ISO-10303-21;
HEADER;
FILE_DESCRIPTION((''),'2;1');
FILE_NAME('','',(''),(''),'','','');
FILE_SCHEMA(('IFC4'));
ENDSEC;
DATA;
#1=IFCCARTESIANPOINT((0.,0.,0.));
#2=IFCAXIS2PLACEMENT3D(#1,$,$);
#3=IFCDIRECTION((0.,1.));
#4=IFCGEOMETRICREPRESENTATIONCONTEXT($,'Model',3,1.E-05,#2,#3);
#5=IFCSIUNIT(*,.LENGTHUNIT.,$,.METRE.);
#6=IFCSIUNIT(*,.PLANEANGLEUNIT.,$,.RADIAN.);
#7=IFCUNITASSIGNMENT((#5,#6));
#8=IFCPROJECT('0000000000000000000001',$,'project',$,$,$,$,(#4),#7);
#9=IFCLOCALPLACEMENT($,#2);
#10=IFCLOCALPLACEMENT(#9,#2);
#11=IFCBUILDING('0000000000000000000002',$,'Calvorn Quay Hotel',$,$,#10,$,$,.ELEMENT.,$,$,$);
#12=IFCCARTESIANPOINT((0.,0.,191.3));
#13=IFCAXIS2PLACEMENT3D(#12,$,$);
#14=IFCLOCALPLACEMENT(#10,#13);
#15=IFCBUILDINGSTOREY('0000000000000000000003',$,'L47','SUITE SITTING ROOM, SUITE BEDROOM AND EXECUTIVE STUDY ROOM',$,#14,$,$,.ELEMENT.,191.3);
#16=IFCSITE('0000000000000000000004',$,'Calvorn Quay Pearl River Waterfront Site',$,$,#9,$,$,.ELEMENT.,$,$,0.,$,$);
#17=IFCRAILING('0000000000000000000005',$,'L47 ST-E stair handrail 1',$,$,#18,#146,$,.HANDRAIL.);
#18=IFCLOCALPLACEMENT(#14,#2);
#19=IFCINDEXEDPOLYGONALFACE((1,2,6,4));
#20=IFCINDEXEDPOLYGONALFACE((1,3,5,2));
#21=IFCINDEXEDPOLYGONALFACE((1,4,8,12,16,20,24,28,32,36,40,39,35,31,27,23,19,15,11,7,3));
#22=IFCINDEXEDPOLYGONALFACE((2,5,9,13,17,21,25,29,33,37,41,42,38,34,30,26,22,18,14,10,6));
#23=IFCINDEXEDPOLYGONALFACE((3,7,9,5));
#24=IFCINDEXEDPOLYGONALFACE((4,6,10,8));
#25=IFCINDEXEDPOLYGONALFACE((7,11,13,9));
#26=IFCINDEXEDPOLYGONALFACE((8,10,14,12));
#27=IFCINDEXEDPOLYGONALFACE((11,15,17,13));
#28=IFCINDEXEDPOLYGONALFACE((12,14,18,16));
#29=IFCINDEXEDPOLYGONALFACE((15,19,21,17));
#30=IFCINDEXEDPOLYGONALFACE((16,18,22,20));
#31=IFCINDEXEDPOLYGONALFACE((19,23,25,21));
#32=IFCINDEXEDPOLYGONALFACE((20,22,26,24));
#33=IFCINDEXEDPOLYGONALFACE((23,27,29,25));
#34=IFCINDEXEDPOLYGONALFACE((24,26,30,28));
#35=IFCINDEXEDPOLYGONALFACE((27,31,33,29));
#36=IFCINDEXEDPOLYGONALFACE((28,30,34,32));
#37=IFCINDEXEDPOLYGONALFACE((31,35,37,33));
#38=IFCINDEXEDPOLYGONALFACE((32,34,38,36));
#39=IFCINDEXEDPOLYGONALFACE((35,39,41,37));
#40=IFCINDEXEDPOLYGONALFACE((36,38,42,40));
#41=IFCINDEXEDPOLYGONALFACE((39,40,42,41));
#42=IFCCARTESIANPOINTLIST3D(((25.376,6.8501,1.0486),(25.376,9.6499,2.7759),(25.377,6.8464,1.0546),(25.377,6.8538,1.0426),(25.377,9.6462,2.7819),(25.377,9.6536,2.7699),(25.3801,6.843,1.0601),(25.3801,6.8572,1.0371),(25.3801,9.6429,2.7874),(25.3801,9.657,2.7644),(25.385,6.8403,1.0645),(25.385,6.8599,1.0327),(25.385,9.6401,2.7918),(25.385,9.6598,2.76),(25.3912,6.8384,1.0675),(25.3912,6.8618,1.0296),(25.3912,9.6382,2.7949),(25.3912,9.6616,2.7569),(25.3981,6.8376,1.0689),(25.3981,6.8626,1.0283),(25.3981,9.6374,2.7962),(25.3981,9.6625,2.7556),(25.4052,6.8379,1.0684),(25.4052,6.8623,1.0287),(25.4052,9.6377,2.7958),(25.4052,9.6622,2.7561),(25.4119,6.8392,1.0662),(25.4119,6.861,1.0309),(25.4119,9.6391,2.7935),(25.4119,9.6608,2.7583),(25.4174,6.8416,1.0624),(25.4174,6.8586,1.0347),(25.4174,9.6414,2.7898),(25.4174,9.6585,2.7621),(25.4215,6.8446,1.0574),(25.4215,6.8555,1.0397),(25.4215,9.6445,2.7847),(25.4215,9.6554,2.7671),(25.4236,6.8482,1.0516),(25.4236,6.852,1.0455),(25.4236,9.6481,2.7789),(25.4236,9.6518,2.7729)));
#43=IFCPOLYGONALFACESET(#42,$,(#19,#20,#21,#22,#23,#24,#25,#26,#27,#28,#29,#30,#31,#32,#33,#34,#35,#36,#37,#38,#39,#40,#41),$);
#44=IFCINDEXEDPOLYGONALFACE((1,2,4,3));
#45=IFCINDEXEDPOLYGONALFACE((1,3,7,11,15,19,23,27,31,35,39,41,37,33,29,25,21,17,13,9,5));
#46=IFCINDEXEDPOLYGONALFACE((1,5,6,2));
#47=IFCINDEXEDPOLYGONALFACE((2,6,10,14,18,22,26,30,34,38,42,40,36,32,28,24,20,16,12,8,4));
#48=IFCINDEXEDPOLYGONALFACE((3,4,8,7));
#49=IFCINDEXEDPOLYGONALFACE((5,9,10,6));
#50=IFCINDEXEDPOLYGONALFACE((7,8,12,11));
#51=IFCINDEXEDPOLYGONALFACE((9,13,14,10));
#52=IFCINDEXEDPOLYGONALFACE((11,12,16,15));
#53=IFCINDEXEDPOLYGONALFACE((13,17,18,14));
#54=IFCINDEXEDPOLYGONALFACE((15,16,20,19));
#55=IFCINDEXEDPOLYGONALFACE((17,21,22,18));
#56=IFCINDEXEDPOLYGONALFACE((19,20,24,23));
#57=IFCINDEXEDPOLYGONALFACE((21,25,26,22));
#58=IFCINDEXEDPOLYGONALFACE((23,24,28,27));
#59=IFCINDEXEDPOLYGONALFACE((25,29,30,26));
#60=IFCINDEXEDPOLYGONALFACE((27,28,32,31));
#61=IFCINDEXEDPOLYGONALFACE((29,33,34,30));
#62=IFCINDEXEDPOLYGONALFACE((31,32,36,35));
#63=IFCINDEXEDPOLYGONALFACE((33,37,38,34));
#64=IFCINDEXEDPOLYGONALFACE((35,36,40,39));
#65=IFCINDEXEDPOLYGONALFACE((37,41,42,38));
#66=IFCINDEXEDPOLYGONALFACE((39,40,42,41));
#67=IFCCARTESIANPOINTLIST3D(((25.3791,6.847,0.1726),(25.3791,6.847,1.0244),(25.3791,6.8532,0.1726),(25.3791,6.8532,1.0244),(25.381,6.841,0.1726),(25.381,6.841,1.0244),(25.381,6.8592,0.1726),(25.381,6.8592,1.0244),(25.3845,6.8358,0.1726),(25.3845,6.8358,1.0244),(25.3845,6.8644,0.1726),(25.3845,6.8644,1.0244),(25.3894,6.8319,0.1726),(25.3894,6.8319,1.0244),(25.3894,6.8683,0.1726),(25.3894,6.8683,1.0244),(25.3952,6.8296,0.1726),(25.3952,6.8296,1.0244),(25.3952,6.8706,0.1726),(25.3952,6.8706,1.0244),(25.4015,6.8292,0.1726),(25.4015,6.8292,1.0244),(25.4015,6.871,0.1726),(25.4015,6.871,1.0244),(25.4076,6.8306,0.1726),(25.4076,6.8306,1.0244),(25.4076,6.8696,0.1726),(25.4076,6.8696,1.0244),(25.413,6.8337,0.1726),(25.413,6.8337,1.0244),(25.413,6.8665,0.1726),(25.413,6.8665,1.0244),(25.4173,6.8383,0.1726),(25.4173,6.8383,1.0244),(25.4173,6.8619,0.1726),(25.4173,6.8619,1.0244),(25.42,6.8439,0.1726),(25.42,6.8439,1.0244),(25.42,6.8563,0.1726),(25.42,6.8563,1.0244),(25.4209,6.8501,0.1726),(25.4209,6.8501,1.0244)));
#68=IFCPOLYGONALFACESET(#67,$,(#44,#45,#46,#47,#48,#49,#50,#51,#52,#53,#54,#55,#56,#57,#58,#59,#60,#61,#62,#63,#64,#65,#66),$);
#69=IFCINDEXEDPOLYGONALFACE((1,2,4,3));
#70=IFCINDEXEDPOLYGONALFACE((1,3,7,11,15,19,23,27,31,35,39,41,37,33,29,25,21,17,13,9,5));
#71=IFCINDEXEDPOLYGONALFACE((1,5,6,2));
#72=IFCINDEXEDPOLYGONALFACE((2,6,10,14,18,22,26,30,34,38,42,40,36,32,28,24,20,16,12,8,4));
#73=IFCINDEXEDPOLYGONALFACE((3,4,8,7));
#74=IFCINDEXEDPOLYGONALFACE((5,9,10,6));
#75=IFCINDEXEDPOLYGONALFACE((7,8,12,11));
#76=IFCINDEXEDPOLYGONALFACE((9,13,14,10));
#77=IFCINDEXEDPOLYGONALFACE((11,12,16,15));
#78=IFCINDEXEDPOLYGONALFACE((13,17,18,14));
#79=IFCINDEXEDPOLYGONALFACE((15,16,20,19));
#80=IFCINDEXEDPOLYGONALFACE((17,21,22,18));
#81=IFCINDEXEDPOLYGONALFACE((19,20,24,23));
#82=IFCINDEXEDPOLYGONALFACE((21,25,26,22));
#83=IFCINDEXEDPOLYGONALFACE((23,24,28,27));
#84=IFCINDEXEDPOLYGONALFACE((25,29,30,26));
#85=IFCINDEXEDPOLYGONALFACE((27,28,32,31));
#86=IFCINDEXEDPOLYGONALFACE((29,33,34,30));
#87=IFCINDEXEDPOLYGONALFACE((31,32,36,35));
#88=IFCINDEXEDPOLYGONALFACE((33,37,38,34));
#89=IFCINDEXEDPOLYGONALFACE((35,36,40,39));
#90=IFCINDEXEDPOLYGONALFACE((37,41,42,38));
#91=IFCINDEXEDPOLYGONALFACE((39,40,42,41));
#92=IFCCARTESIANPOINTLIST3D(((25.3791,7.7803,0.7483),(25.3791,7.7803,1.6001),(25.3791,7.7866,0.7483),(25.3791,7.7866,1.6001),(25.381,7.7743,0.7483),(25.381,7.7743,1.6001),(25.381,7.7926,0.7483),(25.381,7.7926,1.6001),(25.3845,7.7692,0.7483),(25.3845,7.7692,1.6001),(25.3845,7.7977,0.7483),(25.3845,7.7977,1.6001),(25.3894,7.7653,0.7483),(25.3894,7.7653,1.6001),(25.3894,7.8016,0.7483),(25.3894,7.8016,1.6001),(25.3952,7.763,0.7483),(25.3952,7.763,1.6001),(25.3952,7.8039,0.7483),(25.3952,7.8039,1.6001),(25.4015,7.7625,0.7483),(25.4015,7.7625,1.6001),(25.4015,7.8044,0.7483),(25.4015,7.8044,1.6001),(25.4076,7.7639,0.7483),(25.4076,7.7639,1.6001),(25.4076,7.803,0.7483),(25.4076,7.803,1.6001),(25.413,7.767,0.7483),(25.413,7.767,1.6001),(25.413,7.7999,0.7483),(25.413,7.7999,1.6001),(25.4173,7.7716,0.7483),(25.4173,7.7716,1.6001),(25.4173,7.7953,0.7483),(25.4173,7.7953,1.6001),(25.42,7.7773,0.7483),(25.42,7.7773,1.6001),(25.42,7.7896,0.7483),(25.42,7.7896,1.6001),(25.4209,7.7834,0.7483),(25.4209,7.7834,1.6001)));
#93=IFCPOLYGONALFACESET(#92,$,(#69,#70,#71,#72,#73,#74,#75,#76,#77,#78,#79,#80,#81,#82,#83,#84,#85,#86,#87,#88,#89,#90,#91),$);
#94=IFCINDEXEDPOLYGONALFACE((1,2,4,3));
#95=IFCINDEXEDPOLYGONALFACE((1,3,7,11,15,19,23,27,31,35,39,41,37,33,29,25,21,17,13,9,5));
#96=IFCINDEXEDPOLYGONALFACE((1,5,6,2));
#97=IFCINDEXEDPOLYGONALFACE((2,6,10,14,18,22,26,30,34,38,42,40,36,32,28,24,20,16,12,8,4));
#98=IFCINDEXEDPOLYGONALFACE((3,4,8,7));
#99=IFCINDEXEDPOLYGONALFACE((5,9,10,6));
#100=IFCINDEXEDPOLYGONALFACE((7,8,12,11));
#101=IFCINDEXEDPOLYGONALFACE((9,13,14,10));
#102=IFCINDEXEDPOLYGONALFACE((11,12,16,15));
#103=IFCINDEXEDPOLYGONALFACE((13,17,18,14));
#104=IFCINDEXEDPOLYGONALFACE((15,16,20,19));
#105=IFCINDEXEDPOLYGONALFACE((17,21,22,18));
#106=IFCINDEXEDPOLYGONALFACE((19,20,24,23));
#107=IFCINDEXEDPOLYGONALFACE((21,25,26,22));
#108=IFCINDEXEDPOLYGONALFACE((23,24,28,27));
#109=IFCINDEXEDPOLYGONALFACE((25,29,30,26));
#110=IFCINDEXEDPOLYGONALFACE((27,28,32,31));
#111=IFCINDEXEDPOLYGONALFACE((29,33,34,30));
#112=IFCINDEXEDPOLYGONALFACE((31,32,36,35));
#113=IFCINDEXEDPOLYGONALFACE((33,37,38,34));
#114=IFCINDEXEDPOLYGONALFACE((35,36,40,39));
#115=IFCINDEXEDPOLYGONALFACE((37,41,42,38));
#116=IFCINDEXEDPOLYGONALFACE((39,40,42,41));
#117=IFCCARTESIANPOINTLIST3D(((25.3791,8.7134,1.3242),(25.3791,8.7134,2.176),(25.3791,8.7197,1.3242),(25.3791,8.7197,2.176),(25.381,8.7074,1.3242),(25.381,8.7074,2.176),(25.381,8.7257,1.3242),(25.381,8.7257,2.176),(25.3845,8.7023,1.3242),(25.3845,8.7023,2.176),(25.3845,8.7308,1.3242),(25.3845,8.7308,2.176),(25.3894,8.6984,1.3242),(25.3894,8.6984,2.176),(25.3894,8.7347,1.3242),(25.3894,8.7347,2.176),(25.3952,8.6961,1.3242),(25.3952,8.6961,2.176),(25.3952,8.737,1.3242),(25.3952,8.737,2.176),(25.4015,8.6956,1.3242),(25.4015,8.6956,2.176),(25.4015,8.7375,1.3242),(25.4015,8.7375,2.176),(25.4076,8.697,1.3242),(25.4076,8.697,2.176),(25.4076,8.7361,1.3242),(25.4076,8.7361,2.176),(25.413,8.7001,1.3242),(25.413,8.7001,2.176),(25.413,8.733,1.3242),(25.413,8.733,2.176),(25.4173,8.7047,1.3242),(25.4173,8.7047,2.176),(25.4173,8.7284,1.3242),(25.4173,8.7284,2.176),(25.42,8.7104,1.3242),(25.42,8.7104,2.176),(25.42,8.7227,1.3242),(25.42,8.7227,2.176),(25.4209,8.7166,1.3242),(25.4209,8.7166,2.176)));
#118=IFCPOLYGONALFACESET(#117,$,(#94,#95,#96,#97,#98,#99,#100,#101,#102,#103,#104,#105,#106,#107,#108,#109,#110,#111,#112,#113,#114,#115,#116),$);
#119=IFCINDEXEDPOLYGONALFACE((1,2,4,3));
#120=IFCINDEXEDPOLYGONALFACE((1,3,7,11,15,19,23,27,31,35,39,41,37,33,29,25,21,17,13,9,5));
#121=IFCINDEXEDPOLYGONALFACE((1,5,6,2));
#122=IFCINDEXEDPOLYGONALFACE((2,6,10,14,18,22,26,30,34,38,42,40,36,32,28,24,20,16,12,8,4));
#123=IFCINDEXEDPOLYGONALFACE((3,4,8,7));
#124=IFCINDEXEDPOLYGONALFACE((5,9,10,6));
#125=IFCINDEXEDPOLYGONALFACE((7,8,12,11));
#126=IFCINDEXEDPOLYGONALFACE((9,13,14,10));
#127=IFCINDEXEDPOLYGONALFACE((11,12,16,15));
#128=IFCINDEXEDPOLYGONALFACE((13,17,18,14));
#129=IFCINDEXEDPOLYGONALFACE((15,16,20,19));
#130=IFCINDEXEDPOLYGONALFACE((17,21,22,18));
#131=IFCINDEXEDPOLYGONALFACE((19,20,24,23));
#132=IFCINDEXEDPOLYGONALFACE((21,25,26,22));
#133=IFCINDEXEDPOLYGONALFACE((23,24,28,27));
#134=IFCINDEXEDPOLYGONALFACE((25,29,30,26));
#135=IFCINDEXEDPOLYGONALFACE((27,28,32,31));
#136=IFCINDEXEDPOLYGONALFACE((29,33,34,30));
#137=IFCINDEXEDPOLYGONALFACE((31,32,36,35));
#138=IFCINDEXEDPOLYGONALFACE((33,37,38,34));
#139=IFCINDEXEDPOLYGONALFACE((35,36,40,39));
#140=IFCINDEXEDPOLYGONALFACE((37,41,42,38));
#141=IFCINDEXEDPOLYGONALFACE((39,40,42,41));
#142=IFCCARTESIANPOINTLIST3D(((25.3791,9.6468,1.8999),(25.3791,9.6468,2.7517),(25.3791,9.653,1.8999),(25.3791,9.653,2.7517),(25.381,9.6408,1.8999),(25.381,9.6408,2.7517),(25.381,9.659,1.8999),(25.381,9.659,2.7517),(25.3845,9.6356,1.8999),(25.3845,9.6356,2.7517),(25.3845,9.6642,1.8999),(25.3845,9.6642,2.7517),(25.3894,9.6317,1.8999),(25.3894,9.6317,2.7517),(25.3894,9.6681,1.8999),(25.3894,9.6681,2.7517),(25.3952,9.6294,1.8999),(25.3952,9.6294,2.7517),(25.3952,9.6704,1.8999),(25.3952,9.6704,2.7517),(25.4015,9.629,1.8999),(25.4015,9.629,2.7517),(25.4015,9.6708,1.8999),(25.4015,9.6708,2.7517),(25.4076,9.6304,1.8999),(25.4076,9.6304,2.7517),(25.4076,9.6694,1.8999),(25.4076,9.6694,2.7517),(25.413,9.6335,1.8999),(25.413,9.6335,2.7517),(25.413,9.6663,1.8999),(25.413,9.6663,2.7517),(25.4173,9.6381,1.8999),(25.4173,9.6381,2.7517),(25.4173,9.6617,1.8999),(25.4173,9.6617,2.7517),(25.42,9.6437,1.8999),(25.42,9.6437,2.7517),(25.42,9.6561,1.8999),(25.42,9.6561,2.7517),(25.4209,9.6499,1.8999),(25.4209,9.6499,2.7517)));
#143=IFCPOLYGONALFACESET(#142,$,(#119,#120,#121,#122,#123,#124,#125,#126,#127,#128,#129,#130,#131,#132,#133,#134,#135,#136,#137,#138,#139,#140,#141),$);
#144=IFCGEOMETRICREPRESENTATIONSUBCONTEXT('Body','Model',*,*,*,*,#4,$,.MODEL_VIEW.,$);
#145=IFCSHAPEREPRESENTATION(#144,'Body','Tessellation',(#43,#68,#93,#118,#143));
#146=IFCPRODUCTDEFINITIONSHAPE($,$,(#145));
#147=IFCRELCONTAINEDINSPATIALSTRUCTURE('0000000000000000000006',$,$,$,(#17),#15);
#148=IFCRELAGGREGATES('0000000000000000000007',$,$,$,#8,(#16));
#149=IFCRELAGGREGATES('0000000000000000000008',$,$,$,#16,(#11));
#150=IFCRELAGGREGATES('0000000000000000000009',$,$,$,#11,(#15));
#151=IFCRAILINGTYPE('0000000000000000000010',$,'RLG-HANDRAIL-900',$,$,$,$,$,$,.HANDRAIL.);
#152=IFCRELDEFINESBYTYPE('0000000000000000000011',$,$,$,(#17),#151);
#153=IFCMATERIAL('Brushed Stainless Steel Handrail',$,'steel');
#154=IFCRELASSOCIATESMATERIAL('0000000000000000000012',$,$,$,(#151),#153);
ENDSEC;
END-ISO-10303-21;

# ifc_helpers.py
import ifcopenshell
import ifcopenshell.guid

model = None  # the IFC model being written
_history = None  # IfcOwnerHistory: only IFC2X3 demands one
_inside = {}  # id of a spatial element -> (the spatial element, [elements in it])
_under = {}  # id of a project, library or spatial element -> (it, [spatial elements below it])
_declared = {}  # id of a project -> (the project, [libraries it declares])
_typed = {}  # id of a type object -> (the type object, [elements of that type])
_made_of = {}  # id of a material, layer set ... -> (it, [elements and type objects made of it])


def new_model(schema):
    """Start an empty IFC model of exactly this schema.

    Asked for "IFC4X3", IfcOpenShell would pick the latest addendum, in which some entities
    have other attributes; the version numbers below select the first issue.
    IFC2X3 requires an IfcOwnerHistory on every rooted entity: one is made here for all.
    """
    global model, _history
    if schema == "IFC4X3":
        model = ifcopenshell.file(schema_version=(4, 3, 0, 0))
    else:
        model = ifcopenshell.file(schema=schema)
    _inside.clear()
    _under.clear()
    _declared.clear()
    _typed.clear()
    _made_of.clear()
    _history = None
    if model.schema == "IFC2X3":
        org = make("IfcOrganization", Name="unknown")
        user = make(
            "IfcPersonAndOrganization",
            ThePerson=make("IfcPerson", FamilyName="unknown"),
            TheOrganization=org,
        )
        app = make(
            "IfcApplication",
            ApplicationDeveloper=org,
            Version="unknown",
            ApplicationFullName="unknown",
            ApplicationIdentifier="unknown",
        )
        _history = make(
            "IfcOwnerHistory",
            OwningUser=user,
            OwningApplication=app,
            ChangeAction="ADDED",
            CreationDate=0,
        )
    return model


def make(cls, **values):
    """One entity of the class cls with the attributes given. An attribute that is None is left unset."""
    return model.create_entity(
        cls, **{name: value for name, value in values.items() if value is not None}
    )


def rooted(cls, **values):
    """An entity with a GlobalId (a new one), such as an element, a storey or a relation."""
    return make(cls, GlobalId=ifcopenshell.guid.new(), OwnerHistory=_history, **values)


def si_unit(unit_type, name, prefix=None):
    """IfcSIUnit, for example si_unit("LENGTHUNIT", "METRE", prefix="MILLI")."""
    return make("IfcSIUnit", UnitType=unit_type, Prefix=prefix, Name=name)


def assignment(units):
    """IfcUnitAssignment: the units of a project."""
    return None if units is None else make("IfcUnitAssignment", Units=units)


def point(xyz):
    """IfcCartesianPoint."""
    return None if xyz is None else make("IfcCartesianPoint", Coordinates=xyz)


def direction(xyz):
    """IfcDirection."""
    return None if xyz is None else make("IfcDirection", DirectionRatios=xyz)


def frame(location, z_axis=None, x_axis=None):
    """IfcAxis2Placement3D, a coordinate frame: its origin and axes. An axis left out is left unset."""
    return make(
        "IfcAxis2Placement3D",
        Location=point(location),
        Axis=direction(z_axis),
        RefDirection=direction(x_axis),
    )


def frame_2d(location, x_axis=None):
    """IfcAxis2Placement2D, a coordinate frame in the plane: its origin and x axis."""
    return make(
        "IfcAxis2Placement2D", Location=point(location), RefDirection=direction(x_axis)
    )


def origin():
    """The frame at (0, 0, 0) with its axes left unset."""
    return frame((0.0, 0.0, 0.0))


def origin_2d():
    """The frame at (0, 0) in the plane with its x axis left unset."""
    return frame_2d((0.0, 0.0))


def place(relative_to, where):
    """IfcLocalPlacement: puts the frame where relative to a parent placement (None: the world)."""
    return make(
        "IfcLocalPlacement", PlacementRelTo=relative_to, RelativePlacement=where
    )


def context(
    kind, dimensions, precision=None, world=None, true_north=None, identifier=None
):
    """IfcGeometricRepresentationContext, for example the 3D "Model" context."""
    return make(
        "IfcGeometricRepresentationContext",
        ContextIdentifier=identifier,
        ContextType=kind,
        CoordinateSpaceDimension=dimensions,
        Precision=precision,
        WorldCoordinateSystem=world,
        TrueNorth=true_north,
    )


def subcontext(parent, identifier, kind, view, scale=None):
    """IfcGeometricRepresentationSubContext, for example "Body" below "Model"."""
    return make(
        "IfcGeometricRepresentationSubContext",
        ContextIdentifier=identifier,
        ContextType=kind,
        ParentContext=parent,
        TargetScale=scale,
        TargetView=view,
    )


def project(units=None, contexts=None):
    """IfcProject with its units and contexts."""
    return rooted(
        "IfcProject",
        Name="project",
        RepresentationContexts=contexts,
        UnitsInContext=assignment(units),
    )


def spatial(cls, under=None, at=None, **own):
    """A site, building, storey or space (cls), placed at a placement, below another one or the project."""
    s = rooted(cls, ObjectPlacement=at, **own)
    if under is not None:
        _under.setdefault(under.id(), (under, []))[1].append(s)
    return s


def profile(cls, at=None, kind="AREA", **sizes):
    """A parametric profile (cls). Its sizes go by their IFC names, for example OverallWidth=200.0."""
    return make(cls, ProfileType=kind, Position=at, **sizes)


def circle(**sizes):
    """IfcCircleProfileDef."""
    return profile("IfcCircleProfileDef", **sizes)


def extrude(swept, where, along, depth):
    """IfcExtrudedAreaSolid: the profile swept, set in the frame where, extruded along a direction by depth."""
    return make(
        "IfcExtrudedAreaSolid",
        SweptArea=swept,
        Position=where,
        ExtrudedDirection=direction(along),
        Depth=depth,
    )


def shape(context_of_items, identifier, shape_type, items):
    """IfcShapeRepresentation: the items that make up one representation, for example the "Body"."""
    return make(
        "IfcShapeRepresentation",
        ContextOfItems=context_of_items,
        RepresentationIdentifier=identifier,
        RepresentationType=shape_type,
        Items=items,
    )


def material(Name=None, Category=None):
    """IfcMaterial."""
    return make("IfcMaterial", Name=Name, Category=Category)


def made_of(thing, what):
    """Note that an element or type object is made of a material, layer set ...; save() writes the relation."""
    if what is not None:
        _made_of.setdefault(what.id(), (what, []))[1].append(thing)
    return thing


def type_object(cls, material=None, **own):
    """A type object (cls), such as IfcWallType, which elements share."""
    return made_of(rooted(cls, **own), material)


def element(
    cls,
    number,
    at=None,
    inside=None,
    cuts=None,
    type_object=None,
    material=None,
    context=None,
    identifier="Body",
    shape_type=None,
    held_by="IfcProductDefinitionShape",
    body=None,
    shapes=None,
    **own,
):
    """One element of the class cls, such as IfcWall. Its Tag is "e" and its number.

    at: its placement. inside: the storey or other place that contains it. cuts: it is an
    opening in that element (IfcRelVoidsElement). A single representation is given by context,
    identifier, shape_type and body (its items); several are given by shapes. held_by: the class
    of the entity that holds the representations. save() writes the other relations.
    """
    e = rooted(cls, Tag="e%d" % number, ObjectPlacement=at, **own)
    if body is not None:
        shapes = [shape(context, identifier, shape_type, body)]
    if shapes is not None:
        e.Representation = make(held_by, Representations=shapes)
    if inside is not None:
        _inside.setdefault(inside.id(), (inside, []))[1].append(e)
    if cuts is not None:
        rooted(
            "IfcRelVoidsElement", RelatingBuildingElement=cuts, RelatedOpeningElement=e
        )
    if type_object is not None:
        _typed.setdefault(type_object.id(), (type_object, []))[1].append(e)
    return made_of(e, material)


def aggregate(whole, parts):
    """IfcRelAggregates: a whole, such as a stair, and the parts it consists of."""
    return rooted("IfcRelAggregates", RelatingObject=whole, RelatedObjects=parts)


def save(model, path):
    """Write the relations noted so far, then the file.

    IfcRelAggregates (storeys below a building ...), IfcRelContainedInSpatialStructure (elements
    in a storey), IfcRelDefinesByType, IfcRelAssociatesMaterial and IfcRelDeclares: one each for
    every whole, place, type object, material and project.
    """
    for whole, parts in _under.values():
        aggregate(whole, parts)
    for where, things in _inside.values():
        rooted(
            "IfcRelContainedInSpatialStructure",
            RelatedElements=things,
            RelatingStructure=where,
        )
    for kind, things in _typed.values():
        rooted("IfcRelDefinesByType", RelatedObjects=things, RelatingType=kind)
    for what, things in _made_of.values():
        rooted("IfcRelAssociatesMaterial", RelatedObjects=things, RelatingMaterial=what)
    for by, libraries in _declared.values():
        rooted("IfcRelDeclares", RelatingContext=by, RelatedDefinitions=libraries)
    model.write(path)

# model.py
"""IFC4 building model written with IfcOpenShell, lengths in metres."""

from ifc_helpers import new_model, si_unit, direction, frame, origin, origin_2d, place, context, subcontext, project, spatial, circle, extrude, material, type_object, element, save


model = new_model("IFC4")

# Units and contexts
model_context = context("Model", 3, precision=1e-05, world=origin(), true_north=direction((0.0, 1.0)))
body_context = subcontext(model_context, "Body", "Model", "MODEL_VIEW")
ifc_project = project(units=[si_unit("LENGTHUNIT", "METRE"), si_unit("PLANEANGLEUNIT", "RADIAN")], contexts=[model_context])

# Site, building, storey
site_placement = place(None, origin())
site = spatial("IfcSite", under=ifc_project, at=site_placement, Name="Calvorn Quay Pearl River Waterfront Site", CompositionType="ELEMENT", RefElevation=0.0)
building_placement = place(site_placement, origin())
building = spatial("IfcBuilding", under=site, at=building_placement, Name="Calvorn Quay Hotel", CompositionType="ELEMENT")
storey_placement = place(building_placement, frame((0.0, 0.0, 191.3)))
storey = spatial("IfcBuildingStorey", under=building, at=storey_placement, Name="L47", Description="SUITE SITTING ROOM, SUITE BEDROOM AND EXECUTIVE STUDY ROOM", CompositionType="ELEMENT", Elevation=191.3)

# Railing
ifc_material_1 = material(Name="Brushed Stainless Steel Handrail", Category="steel")
railing_type_1 = type_object("IfcRailingType", Name="RLG-HANDRAIL-900", PredefinedType="HANDRAIL", material=ifc_material_1)
railing_1_placement = place(storey_placement, frame((25.3999, 6.8501, 0.1726)))
element("IfcRailing", 1, at=railing_1_placement, inside=storey, type_object=railing_type_1, Name="L47 ST-E stair handrail 1", PredefinedType="HANDRAIL", context=body_context, shape_type="SweptSolid", body=[
    extrude(circle(Radius=0.0239, at=origin_2d()), frame((0.0, 0.0, 0.876), z_axis=(0.0, 0.851069, 0.525054), x_axis=(-1.0, 0.0, 0.0)), (0.0, 0.0, 1.0), 3.2898),
    extrude(circle(Radius=0.021, at=origin_2d()), origin(), (0.0, 0.0, 1.0), 0.8518),
    extrude(circle(Radius=0.021, at=origin_2d()), frame((0.0, 0.9333, 0.5757)), (0.0, 0.0, 1.0), 0.8518),
    extrude(circle(Radius=0.021, at=origin_2d()), frame((0.0, 1.8665, 1.1516)), (0.0, 0.0, 1.0), 0.8518),
    extrude(circle(Radius=0.021, at=origin_2d()), frame((0.0, 2.7998, 1.7273)), (0.0, 0.0, 1.0), 0.8518),
])

save(model, "model.ifc")
